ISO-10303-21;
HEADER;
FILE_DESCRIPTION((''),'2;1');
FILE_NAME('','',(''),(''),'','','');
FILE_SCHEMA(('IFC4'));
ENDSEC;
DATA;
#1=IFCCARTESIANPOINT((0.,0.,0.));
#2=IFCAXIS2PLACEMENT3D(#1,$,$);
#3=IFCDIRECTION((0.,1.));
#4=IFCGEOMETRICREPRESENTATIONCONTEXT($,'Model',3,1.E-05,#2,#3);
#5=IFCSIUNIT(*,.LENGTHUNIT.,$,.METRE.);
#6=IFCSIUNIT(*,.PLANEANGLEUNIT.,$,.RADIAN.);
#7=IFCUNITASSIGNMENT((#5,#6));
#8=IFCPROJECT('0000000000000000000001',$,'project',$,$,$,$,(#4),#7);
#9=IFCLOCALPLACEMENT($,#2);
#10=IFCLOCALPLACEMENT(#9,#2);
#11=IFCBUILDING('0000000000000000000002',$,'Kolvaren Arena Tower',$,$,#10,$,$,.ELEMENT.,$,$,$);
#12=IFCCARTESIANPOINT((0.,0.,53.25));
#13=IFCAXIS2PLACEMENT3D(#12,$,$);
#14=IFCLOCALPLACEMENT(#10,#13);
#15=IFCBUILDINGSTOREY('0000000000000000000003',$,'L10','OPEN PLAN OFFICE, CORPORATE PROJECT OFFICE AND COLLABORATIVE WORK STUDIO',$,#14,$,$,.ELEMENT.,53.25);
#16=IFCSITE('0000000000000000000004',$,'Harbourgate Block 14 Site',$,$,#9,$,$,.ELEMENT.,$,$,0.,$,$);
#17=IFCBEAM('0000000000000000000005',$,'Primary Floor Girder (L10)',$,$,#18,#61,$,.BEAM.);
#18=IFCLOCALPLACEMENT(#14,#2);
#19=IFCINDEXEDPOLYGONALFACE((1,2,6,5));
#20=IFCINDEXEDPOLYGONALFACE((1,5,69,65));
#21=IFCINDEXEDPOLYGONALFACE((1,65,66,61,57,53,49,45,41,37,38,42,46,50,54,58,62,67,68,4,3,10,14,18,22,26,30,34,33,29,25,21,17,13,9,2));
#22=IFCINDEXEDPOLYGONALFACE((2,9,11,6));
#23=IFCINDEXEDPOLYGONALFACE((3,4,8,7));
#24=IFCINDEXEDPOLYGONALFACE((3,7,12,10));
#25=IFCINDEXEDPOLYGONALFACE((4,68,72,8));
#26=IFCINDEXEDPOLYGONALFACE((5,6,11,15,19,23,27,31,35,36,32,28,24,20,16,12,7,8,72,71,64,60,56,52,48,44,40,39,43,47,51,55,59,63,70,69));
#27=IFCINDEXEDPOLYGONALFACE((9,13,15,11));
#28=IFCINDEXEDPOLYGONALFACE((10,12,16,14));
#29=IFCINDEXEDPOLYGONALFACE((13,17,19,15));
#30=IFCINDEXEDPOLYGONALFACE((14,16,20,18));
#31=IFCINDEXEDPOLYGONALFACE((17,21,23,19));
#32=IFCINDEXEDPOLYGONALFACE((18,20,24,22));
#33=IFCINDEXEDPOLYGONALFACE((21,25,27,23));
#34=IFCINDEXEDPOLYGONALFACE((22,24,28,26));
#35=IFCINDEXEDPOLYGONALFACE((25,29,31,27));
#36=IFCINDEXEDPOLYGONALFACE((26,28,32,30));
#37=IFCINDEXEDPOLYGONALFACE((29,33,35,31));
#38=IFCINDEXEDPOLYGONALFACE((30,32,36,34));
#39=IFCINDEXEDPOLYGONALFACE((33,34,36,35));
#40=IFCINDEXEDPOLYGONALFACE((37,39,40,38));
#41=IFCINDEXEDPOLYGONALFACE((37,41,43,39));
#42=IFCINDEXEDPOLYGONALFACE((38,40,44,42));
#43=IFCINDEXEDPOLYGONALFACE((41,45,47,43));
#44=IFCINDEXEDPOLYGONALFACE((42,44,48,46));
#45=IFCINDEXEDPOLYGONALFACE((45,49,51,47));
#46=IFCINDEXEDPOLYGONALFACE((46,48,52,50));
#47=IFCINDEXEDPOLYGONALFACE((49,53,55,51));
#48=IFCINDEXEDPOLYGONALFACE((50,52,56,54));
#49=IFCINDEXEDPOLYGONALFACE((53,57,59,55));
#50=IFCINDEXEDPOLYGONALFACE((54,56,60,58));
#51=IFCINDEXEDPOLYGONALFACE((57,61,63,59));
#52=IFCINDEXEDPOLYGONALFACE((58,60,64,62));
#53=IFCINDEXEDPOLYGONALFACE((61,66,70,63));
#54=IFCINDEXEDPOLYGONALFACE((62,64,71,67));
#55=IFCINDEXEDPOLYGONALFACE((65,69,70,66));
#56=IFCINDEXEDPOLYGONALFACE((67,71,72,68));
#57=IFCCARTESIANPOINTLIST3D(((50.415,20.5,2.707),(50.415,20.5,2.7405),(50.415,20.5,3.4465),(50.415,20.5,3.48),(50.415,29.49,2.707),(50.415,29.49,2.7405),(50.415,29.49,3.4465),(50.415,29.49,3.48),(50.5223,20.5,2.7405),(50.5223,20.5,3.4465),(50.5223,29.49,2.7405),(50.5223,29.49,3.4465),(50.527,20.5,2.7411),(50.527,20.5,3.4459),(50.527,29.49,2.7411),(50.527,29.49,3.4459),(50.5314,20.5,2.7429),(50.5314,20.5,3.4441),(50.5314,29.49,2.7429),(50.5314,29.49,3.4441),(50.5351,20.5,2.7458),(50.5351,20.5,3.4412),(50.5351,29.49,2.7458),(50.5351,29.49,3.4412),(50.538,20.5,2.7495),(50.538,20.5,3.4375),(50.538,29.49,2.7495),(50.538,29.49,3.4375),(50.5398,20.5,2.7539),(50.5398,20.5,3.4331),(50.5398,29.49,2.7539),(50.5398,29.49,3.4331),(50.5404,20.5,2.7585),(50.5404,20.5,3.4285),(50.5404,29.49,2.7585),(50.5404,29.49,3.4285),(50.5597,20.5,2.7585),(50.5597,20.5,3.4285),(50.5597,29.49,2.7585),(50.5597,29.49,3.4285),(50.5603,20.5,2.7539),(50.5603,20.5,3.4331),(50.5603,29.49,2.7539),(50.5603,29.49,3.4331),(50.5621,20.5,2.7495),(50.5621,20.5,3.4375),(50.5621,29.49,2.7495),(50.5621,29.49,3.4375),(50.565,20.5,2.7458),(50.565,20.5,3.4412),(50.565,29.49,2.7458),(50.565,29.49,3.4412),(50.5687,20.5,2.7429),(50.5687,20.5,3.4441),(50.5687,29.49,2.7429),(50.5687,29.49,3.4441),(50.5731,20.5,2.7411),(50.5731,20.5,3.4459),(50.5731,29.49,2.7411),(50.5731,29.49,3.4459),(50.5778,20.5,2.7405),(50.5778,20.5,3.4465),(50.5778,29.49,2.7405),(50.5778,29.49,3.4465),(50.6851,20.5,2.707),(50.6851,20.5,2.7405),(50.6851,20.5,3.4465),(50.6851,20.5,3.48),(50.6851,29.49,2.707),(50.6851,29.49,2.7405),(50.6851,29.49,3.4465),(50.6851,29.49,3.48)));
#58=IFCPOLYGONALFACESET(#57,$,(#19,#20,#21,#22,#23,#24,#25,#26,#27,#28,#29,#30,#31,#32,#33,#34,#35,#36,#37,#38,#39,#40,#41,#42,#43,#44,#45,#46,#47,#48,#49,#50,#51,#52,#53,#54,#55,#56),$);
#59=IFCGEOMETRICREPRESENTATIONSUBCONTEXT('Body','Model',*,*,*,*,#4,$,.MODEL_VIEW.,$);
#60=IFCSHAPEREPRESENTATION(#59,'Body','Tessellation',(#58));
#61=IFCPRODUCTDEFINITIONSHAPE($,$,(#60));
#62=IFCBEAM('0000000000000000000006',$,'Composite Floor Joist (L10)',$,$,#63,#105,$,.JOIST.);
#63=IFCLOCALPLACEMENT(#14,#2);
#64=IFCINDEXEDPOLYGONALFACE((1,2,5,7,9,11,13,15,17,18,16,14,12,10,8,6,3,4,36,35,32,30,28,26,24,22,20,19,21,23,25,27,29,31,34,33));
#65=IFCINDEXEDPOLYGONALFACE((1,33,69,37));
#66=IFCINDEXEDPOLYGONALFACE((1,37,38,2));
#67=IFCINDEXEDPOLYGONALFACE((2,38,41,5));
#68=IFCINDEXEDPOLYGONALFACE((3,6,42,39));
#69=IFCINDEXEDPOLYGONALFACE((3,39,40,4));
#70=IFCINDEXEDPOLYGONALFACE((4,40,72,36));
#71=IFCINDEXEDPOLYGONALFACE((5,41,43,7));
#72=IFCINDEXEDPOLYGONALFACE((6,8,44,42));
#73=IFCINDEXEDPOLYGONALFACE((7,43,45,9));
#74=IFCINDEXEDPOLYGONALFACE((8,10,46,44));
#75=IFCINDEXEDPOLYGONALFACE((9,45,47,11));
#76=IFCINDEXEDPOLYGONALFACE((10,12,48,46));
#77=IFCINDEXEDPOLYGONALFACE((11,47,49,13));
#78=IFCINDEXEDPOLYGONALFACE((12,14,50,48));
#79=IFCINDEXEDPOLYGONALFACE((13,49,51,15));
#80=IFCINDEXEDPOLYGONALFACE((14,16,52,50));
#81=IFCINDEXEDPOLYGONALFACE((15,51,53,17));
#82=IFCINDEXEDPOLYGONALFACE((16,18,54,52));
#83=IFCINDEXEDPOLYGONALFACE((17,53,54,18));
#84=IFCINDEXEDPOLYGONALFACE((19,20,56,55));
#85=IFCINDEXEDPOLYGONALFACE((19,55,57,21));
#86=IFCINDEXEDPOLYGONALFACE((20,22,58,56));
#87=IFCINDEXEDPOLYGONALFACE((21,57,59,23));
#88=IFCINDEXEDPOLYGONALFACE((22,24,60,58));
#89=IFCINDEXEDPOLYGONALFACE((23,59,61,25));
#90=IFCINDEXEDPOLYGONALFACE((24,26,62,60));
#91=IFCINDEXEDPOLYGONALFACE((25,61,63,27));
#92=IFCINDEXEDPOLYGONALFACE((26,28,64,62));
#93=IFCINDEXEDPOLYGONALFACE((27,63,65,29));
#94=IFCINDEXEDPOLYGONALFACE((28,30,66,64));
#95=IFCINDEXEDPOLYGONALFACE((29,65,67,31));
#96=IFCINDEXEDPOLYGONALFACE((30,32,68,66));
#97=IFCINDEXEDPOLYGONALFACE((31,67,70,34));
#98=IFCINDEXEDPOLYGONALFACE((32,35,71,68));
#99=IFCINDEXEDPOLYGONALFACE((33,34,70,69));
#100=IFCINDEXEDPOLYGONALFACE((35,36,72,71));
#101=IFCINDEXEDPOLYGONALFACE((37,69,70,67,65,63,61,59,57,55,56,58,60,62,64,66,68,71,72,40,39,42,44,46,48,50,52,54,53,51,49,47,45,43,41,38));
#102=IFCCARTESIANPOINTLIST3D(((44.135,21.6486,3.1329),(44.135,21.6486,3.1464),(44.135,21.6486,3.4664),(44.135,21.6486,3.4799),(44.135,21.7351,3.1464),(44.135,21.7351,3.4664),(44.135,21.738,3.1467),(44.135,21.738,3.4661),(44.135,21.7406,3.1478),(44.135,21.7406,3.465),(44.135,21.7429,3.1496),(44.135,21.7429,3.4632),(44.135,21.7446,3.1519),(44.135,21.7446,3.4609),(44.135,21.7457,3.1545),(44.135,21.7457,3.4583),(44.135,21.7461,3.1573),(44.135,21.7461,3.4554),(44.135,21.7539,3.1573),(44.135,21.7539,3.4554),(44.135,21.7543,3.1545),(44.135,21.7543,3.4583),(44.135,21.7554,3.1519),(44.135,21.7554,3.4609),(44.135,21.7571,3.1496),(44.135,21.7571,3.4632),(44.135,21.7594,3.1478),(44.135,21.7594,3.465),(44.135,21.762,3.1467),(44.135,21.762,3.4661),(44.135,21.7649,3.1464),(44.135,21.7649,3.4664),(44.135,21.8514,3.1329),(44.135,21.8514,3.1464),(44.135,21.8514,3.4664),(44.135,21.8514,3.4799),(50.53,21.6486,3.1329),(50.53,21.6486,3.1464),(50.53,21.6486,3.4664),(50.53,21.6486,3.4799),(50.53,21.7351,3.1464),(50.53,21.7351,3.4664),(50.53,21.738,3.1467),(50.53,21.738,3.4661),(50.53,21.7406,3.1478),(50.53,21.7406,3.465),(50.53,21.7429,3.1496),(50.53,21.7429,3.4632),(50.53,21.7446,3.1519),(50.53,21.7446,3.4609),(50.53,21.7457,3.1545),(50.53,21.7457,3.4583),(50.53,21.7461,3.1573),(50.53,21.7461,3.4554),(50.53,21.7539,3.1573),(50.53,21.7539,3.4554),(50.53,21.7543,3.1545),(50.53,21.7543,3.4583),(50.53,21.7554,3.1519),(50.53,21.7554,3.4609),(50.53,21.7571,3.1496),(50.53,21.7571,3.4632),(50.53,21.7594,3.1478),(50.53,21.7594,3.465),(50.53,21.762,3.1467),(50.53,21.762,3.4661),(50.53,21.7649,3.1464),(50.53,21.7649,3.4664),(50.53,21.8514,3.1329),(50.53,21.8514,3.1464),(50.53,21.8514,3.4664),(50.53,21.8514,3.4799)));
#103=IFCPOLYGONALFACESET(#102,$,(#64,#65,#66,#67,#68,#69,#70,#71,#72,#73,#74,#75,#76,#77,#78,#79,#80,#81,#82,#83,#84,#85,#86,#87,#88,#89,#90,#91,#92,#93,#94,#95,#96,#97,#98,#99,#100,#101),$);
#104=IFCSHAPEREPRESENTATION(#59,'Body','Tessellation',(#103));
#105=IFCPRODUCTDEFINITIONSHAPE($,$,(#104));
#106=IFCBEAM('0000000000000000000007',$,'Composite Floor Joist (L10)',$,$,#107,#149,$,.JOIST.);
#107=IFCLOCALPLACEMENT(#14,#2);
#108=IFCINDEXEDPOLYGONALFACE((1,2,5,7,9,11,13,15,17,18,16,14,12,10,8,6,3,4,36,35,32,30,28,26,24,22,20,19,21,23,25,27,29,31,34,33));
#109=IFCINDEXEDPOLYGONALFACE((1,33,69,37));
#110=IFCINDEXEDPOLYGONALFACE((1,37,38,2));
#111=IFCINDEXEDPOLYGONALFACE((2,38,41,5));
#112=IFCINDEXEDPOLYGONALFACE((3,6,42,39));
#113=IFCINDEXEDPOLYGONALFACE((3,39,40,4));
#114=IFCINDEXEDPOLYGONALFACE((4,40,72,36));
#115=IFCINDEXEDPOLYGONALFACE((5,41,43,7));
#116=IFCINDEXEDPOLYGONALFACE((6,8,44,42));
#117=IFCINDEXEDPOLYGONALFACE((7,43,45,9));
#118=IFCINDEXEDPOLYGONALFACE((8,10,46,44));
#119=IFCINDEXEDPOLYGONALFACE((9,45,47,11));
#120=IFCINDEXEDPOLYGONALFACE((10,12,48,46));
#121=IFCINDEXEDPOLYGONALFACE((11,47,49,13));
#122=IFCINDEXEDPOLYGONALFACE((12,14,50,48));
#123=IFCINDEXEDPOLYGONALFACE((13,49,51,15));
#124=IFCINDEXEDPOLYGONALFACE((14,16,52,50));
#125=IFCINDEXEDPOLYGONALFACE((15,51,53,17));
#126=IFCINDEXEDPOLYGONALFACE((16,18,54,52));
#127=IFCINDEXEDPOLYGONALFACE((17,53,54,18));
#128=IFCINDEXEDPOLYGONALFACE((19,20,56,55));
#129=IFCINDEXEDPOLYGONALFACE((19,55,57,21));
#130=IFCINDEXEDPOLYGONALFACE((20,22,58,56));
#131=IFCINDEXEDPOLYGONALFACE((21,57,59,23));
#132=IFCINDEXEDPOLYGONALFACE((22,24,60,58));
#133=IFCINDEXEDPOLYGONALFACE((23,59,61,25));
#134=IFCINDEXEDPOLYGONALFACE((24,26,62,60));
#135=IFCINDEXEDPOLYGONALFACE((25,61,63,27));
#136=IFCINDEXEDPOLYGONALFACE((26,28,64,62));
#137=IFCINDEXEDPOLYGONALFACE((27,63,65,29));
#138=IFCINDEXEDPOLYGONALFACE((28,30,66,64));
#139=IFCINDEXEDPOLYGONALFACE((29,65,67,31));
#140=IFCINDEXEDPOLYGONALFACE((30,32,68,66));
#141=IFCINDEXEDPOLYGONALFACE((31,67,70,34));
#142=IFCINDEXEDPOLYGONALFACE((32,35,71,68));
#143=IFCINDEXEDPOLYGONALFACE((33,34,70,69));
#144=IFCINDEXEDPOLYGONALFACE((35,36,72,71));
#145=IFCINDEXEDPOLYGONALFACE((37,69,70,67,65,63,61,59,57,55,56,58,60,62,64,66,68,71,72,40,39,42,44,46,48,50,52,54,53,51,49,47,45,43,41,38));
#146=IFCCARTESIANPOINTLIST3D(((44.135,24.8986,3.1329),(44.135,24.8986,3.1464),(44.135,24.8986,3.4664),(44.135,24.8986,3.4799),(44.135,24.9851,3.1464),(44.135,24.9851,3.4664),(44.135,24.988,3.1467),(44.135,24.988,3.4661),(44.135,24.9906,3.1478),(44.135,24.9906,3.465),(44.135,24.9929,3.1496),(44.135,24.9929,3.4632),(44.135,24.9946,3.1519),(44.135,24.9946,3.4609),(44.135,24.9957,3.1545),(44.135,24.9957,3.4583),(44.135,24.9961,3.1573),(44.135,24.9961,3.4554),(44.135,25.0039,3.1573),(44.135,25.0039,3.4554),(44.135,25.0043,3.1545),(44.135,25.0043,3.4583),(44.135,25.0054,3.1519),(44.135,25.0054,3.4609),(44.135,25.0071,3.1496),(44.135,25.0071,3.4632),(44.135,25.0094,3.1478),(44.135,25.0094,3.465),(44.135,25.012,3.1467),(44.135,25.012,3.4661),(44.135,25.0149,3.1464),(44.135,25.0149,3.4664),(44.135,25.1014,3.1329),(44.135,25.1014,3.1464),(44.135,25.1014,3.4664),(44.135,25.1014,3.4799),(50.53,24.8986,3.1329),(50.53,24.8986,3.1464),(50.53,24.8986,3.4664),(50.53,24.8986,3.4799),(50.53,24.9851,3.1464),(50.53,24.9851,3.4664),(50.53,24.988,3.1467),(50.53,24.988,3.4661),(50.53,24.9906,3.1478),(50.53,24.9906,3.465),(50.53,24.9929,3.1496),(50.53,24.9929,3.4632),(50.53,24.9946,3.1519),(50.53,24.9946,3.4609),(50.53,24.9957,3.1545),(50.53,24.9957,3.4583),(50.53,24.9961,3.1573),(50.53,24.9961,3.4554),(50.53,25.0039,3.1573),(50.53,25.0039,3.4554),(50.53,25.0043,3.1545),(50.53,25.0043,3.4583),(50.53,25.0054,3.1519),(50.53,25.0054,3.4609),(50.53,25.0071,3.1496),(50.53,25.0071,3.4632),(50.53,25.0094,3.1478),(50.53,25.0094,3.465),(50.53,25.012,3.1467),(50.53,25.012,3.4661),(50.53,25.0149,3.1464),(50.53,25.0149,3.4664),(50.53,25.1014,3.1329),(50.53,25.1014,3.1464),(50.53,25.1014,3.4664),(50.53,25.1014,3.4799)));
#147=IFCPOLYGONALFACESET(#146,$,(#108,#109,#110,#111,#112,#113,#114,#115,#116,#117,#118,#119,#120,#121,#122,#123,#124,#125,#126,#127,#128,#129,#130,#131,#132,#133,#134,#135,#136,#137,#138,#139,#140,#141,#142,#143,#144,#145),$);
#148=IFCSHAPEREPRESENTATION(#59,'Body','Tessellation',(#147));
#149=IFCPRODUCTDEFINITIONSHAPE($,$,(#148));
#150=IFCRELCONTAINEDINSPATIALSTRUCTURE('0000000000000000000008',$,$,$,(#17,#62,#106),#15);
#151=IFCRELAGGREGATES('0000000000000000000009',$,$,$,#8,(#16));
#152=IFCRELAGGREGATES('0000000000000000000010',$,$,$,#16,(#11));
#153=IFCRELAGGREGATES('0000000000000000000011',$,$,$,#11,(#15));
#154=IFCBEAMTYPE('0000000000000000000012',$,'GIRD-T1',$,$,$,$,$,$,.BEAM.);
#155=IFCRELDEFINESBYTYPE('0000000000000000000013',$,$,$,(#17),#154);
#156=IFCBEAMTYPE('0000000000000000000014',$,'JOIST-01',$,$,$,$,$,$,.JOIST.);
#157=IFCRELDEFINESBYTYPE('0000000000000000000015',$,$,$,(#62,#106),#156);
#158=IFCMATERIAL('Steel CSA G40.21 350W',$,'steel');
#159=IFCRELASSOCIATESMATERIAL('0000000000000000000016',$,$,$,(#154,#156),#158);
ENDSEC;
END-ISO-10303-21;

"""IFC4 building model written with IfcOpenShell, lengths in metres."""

from ifc_helpers import new_model, si_unit, direction, frame, origin, origin_2d, place, context, subcontext, project, spatial, i_section, extrude, material, material_profile, profile_set, type_object, element, save


model = new_model("IFC4")

# Units and contexts
model_context = context("Model", 3, precision=1e-05, world=origin(), true_north=direction((0.0, 1.0)))
body_context = subcontext(model_context, "Body", "Model", "MODEL_VIEW")
ifc_project = project(units=[si_unit("LENGTHUNIT", "METRE"), si_unit("PLANEANGLEUNIT", "RADIAN")], contexts=[model_context])

# Site, building, storey
site_placement = place(None, origin())
site = spatial("IfcSite", under=ifc_project, at=site_placement, Name="Harbourgate Block 14 Site", CompositionType="ELEMENT", RefElevation=0.0)
building_placement = place(site_placement, origin())
building = spatial("IfcBuilding", under=site, at=building_placement, Name="Kolvaren Arena Tower", CompositionType="ELEMENT")
storey_placement = place(building_placement, frame((0.0, 0.0, 53.25)))
storey = spatial("IfcBuildingStorey", under=building, at=storey_placement, Name="L10", Description="OPEN PLAN OFFICE, CORPORATE PROJECT OFFICE AND COLLABORATIVE WORK STUDIO", CompositionType="ELEMENT", Elevation=53.25)

# Beams
ifc_material_1 = material(Name="Steel CSA G40.21 350W", Category="steel")
ifc_material_profile_1 = material_profile(ifc_material_1, i_section(OverallWidth=0.27, OverallDepth=0.7729, WebThickness=0.0193, FlangeThickness=0.0334, FilletRadius=0.0181, at=origin_2d()), Name="W760x257")
ifc_profile_set_1 = profile_set([ifc_material_profile_1], Name="Steel CSA G40.21 350W")
beam_type_1 = type_object("IfcBeamType", Name="GIRD-T1", PredefinedType="BEAM", material=ifc_profile_set_1)
beam_1_placement = place(storey_placement, frame((50.55, 20.5, 3.0935), z_axis=(0.0, 1.0, 0.0), x_axis=(-1.0, 0.0, 0.0)))
element("IfcBeam", 1, at=beam_1_placement, inside=storey, type_object=beam_type_1, Name="Primary Floor Girder (L10)", PredefinedType="BEAM", context=body_context, shape_type="SweptSolid", body=[
    extrude(i_section(OverallWidth=0.27, OverallDepth=0.7729, WebThickness=0.0193, FlangeThickness=0.0334, FilletRadius=0.0181, at=origin_2d()), origin(), (0.0, 0.0, 1.0), 8.99),
])
ifc_material_profile_2 = material_profile(ifc_material_1, i_section(OverallWidth=0.2029, OverallDepth=0.3469, WebThickness=0.0078, FlangeThickness=0.0134, FilletRadius=0.011, at=origin_2d()), Name="W360x64")
ifc_profile_set_2 = profile_set([ifc_material_profile_2], Name="Steel CSA G40.21 350W")
beam_type_2 = type_object("IfcBeamType", Name="JOIST-01", PredefinedType="JOIST", material=ifc_profile_set_2)
for number, where, z_axis, x_axis, name in (
    (2, (44.135, 21.75, 3.3064), (1.0, 0.0, 0.0), (0.0, 1.0, 0.0), "Composite Floor Joist (L10)"),
    (3, (44.135, 25.0, 3.3064), (1.0, 0.0, 0.0), (0.0, 1.0, 0.0), "Composite Floor Joist (L10)"),
):
    element("IfcBeam", number, at=place(storey_placement, frame(where, z_axis=z_axis, x_axis=x_axis)), inside=storey, type_object=beam_type_2, Name=name, PredefinedType="JOIST", context=body_context, shape_type="SweptSolid", body=[
        extrude(i_section(OverallWidth=0.2029, OverallDepth=0.3469, WebThickness=0.0078, FlangeThickness=0.0134, FilletRadius=0.011, at=origin_2d()), origin(), (0.0, 0.0, 1.0), 6.395),
    ])

save(model, "model.ifc")
